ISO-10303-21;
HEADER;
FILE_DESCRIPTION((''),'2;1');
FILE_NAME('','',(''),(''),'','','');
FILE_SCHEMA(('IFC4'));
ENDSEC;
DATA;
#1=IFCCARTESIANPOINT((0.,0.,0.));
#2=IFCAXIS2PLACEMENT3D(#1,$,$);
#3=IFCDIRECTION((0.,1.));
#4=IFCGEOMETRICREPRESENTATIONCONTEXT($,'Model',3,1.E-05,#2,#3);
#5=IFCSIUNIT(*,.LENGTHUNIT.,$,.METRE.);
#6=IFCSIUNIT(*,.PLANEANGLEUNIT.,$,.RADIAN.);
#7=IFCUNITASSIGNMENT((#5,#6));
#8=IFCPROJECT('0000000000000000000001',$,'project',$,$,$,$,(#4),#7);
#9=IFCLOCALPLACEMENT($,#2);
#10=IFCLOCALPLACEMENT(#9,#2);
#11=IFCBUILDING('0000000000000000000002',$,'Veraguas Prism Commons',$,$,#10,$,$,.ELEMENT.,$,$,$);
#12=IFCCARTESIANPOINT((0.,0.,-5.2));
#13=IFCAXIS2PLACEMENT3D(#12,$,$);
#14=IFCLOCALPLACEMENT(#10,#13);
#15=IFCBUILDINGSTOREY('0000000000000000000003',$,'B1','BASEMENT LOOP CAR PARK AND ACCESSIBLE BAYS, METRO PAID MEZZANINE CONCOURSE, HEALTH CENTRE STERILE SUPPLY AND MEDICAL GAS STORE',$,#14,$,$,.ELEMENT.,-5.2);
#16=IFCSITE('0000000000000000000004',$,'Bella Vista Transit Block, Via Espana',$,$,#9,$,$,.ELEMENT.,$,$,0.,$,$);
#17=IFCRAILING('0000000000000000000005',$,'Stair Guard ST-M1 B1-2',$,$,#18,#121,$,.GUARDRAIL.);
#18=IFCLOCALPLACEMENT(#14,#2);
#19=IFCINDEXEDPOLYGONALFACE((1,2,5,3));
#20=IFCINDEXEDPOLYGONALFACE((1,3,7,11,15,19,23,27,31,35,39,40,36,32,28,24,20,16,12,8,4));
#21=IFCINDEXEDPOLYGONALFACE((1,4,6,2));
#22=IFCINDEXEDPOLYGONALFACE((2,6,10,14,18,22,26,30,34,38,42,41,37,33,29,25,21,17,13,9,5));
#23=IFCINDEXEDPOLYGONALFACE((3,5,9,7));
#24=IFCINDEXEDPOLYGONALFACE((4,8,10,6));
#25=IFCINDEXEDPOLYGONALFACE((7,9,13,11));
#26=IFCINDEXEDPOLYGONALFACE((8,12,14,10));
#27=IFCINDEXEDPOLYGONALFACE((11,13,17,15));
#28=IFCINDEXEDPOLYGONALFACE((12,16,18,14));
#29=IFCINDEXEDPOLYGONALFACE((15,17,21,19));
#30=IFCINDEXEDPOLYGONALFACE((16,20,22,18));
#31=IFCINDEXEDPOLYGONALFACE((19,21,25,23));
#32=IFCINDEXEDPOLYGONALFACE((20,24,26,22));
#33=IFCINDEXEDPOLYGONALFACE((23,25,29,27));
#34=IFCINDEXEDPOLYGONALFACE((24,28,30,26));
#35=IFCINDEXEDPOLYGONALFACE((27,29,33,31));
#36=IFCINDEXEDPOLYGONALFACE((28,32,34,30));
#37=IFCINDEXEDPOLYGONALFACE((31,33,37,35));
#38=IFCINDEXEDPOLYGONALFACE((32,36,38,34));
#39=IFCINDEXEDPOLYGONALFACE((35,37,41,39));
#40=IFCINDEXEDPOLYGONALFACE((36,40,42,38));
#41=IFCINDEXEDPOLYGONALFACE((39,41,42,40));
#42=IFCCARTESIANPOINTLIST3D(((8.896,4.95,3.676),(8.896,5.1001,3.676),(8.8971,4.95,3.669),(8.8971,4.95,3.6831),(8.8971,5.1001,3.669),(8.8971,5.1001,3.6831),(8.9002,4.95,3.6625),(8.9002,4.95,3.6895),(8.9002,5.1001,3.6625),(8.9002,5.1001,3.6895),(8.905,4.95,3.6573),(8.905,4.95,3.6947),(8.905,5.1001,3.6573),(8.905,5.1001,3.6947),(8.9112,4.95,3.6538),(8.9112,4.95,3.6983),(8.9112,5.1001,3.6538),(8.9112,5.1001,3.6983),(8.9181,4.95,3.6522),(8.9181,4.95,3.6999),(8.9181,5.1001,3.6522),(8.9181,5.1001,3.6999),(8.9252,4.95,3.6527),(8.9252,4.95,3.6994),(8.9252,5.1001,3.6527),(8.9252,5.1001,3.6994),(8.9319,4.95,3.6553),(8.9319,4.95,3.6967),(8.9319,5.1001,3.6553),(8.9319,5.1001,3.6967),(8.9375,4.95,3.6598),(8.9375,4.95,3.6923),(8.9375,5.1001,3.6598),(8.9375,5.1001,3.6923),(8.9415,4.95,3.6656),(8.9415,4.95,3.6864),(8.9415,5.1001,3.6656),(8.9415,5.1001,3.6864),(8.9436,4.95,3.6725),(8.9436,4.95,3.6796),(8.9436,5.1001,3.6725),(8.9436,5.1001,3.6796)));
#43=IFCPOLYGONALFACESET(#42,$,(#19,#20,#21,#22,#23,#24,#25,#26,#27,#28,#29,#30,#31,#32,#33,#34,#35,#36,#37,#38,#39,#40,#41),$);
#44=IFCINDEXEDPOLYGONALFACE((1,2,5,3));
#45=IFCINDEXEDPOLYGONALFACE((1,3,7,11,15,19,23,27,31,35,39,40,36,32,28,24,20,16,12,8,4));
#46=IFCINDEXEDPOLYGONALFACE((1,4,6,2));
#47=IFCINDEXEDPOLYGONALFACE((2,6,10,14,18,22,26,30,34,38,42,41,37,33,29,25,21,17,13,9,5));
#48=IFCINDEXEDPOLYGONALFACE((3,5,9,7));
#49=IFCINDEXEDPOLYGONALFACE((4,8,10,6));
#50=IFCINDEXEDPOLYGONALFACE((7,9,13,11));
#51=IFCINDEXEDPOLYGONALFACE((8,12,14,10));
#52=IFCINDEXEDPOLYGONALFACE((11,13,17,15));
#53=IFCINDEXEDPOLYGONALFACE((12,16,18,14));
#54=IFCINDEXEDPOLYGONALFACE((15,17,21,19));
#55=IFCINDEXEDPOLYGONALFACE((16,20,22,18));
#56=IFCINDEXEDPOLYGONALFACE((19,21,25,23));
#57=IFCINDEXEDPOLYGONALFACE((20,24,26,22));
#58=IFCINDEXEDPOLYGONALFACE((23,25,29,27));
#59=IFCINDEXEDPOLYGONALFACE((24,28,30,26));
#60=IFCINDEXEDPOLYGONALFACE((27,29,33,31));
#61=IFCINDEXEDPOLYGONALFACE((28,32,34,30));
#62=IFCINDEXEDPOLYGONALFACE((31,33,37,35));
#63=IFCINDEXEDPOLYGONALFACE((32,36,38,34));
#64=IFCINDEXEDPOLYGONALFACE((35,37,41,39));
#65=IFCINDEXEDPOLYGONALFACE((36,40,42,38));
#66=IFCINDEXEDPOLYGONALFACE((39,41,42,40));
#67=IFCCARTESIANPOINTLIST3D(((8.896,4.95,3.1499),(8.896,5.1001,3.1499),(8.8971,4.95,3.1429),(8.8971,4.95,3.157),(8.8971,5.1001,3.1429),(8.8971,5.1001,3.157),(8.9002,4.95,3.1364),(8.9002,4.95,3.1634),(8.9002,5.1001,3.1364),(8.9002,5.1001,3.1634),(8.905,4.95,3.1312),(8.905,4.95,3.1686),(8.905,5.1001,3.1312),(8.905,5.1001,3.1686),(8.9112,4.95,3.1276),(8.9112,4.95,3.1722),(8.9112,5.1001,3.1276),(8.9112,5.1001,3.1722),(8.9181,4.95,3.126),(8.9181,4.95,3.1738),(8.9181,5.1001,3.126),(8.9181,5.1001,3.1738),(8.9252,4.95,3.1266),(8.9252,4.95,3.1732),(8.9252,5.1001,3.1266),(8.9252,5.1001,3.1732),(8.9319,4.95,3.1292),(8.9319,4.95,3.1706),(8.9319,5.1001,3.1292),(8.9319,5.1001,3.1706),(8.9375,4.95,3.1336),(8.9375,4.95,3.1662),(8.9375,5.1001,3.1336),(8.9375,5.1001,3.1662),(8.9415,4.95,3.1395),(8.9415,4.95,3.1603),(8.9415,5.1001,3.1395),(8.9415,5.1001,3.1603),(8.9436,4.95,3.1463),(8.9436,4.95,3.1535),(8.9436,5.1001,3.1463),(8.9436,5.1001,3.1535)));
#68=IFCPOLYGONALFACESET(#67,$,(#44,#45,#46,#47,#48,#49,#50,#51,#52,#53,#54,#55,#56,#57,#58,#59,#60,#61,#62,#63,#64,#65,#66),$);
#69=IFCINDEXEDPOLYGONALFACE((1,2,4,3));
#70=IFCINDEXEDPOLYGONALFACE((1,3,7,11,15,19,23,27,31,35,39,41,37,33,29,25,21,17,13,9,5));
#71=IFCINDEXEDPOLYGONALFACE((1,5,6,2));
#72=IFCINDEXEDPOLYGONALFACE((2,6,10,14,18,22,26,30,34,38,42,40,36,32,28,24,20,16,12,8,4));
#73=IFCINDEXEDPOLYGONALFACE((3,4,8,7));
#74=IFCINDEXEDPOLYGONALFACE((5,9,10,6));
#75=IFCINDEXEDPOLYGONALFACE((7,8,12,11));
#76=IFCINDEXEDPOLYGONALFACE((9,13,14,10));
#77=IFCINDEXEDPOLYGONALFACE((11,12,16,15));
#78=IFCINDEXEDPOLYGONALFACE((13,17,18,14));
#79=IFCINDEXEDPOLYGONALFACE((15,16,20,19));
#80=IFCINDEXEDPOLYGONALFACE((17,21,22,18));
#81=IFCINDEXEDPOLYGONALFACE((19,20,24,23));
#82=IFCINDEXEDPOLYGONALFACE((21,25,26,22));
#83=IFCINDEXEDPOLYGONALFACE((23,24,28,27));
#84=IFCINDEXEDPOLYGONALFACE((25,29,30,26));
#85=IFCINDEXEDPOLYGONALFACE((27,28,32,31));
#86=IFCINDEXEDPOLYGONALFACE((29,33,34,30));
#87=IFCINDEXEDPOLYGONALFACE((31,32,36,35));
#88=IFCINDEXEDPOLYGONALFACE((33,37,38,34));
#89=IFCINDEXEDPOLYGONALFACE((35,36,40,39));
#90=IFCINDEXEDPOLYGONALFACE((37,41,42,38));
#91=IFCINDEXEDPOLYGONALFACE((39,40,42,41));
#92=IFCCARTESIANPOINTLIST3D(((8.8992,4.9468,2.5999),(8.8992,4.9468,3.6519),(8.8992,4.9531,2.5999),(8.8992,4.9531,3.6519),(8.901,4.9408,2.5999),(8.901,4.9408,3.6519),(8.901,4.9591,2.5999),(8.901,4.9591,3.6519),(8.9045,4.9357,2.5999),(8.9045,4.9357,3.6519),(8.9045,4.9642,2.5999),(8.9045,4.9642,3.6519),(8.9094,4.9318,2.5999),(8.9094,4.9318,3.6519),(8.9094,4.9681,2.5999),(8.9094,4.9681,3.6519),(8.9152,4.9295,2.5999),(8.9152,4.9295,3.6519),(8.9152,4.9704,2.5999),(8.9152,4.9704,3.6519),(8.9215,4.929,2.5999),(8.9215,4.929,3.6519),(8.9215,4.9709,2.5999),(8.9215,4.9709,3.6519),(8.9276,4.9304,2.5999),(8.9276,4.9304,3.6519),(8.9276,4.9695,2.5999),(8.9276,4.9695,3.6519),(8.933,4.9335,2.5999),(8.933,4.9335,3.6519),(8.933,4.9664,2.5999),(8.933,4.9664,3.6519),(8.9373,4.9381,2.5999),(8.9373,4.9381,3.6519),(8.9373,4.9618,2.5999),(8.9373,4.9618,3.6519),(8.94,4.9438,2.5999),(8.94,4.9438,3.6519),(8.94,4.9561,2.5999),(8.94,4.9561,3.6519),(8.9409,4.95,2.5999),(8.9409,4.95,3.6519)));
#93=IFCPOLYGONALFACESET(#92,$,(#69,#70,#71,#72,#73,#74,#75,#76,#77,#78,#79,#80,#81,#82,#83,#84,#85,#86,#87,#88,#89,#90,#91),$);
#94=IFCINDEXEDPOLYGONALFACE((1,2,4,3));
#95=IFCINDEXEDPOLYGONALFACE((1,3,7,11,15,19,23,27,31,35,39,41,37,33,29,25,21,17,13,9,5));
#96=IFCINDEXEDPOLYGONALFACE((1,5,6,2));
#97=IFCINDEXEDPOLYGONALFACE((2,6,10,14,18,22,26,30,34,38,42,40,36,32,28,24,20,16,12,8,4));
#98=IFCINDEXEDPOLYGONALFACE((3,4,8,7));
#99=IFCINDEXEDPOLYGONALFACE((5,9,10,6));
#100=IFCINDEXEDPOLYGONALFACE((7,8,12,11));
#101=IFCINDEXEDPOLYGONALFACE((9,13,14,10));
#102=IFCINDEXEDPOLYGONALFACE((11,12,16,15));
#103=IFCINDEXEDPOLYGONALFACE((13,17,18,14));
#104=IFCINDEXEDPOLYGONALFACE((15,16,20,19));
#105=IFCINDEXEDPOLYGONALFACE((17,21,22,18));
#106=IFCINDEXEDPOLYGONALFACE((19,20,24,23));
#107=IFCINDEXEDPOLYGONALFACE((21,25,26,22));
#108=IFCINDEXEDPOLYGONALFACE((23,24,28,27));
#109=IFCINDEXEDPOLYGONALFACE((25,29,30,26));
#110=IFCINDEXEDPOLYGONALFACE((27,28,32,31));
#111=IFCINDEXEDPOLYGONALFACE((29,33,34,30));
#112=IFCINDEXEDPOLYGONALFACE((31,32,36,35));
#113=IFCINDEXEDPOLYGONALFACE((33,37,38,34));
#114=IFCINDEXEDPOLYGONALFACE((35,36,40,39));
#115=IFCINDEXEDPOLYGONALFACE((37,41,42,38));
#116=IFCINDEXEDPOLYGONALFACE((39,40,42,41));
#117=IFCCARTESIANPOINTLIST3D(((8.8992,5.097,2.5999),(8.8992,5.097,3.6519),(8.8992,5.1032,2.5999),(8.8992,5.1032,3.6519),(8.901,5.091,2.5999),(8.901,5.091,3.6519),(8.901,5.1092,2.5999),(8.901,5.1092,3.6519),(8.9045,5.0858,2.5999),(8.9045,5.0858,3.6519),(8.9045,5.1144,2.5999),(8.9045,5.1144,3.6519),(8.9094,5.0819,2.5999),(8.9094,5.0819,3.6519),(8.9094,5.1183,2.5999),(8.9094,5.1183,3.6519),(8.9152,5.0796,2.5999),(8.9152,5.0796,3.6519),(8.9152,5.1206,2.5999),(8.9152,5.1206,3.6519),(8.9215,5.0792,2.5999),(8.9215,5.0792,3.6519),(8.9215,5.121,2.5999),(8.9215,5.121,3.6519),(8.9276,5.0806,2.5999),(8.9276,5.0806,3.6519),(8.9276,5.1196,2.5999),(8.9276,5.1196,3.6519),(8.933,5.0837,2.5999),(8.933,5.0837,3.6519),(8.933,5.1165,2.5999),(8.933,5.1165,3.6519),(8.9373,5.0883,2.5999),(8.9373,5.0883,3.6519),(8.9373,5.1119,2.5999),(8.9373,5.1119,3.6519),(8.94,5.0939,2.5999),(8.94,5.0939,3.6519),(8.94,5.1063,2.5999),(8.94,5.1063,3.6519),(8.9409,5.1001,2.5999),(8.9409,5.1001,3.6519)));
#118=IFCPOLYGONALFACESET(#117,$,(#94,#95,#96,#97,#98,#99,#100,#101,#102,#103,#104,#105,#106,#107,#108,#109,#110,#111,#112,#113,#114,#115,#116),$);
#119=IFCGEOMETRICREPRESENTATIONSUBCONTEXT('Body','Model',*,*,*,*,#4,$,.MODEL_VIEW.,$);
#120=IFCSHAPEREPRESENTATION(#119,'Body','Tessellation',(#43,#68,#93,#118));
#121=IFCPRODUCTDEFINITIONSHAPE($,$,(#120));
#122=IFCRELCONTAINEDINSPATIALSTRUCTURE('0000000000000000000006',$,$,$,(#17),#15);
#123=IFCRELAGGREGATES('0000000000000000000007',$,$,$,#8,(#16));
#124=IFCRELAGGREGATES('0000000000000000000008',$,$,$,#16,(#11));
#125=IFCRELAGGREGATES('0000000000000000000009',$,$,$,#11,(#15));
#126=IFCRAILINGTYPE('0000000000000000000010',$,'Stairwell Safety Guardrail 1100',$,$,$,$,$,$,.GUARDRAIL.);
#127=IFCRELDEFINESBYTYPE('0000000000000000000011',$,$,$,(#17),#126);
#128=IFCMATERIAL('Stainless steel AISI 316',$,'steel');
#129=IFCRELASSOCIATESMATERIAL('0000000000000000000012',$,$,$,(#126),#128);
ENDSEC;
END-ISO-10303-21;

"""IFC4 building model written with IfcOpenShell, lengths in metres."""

from ifc_helpers import new_model, si_unit, direction, frame, origin, origin_2d, place, context, subcontext, project, spatial, circle, extrude, material, type_object, element, save


model = new_model("IFC4")

# Units and contexts
model_context = context("Model", 3, precision=1e-05, world=origin(), true_north=direction((0.0, 1.0)))
body_context = subcontext(model_context, "Body", "Model", "MODEL_VIEW")
ifc_project = project(units=[si_unit("LENGTHUNIT", "METRE"), si_unit("PLANEANGLEUNIT", "RADIAN")], contexts=[model_context])

# Site, building, storey
site_placement = place(None, origin())
site = spatial("IfcSite", under=ifc_project, at=site_placement, Name="Bella Vista Transit Block, Via Espana", CompositionType="ELEMENT", RefElevation=0.0)
building_placement = place(site_placement, origin())
building = spatial("IfcBuilding", under=site, at=building_placement, Name="Veraguas Prism Commons", CompositionType="ELEMENT")
storey_placement = place(building_placement, frame((0.0, 0.0, -5.2)))
storey = spatial("IfcBuildingStorey", under=building, at=storey_placement, Name="B1", Description="BASEMENT LOOP CAR PARK AND ACCESSIBLE BAYS, METRO PAID MEZZANINE CONCOURSE, HEALTH CENTRE STERILE SUPPLY AND MEDICAL GAS STORE", CompositionType="ELEMENT", Elevation=-5.2)

# Shared definitions
ifc_material_1 = material(Name="Stainless steel AISI 316", Category="steel")

# Railing
railing_type_1 = type_object("IfcRailingType", Name="Stairwell Safety Guardrail 1100", PredefinedType="GUARDRAIL", material=ifc_material_1)
railing_1_placement = place(storey_placement, frame((8.9199, 4.95, 2.5999)))
element("IfcRailing", 1, at=railing_1_placement, inside=storey, type_object=railing_type_1, Name="Stair Guard ST-M1 B1-2", PredefinedType="GUARDRAIL", context=body_context, shape_type="SweptSolid", body=[
    extrude(circle(Radius=0.0239, at=origin_2d()), frame((0.0, 0.0, 1.0762), z_axis=(0.0, 1.0, 0.0), x_axis=(-1.0, 0.0, 0.0)), (0.0, 0.0, 1.0), 0.1501),
    extrude(circle(Radius=0.0239, at=origin_2d()), frame((0.0, 0.0, 0.55), z_axis=(0.0, 1.0, 0.0), x_axis=(-1.0, 0.0, 0.0)), (0.0, 0.0, 1.0), 0.1501),
    extrude(circle(Radius=0.021, at=origin_2d()), origin(), (0.0, 0.0, 1.0), 1.052),
    extrude(circle(Radius=0.021, at=origin_2d()), frame((0.0, 0.1501, 0.0)), (0.0, 0.0, 1.0), 1.052),
])

save(model, "model.ifc")
